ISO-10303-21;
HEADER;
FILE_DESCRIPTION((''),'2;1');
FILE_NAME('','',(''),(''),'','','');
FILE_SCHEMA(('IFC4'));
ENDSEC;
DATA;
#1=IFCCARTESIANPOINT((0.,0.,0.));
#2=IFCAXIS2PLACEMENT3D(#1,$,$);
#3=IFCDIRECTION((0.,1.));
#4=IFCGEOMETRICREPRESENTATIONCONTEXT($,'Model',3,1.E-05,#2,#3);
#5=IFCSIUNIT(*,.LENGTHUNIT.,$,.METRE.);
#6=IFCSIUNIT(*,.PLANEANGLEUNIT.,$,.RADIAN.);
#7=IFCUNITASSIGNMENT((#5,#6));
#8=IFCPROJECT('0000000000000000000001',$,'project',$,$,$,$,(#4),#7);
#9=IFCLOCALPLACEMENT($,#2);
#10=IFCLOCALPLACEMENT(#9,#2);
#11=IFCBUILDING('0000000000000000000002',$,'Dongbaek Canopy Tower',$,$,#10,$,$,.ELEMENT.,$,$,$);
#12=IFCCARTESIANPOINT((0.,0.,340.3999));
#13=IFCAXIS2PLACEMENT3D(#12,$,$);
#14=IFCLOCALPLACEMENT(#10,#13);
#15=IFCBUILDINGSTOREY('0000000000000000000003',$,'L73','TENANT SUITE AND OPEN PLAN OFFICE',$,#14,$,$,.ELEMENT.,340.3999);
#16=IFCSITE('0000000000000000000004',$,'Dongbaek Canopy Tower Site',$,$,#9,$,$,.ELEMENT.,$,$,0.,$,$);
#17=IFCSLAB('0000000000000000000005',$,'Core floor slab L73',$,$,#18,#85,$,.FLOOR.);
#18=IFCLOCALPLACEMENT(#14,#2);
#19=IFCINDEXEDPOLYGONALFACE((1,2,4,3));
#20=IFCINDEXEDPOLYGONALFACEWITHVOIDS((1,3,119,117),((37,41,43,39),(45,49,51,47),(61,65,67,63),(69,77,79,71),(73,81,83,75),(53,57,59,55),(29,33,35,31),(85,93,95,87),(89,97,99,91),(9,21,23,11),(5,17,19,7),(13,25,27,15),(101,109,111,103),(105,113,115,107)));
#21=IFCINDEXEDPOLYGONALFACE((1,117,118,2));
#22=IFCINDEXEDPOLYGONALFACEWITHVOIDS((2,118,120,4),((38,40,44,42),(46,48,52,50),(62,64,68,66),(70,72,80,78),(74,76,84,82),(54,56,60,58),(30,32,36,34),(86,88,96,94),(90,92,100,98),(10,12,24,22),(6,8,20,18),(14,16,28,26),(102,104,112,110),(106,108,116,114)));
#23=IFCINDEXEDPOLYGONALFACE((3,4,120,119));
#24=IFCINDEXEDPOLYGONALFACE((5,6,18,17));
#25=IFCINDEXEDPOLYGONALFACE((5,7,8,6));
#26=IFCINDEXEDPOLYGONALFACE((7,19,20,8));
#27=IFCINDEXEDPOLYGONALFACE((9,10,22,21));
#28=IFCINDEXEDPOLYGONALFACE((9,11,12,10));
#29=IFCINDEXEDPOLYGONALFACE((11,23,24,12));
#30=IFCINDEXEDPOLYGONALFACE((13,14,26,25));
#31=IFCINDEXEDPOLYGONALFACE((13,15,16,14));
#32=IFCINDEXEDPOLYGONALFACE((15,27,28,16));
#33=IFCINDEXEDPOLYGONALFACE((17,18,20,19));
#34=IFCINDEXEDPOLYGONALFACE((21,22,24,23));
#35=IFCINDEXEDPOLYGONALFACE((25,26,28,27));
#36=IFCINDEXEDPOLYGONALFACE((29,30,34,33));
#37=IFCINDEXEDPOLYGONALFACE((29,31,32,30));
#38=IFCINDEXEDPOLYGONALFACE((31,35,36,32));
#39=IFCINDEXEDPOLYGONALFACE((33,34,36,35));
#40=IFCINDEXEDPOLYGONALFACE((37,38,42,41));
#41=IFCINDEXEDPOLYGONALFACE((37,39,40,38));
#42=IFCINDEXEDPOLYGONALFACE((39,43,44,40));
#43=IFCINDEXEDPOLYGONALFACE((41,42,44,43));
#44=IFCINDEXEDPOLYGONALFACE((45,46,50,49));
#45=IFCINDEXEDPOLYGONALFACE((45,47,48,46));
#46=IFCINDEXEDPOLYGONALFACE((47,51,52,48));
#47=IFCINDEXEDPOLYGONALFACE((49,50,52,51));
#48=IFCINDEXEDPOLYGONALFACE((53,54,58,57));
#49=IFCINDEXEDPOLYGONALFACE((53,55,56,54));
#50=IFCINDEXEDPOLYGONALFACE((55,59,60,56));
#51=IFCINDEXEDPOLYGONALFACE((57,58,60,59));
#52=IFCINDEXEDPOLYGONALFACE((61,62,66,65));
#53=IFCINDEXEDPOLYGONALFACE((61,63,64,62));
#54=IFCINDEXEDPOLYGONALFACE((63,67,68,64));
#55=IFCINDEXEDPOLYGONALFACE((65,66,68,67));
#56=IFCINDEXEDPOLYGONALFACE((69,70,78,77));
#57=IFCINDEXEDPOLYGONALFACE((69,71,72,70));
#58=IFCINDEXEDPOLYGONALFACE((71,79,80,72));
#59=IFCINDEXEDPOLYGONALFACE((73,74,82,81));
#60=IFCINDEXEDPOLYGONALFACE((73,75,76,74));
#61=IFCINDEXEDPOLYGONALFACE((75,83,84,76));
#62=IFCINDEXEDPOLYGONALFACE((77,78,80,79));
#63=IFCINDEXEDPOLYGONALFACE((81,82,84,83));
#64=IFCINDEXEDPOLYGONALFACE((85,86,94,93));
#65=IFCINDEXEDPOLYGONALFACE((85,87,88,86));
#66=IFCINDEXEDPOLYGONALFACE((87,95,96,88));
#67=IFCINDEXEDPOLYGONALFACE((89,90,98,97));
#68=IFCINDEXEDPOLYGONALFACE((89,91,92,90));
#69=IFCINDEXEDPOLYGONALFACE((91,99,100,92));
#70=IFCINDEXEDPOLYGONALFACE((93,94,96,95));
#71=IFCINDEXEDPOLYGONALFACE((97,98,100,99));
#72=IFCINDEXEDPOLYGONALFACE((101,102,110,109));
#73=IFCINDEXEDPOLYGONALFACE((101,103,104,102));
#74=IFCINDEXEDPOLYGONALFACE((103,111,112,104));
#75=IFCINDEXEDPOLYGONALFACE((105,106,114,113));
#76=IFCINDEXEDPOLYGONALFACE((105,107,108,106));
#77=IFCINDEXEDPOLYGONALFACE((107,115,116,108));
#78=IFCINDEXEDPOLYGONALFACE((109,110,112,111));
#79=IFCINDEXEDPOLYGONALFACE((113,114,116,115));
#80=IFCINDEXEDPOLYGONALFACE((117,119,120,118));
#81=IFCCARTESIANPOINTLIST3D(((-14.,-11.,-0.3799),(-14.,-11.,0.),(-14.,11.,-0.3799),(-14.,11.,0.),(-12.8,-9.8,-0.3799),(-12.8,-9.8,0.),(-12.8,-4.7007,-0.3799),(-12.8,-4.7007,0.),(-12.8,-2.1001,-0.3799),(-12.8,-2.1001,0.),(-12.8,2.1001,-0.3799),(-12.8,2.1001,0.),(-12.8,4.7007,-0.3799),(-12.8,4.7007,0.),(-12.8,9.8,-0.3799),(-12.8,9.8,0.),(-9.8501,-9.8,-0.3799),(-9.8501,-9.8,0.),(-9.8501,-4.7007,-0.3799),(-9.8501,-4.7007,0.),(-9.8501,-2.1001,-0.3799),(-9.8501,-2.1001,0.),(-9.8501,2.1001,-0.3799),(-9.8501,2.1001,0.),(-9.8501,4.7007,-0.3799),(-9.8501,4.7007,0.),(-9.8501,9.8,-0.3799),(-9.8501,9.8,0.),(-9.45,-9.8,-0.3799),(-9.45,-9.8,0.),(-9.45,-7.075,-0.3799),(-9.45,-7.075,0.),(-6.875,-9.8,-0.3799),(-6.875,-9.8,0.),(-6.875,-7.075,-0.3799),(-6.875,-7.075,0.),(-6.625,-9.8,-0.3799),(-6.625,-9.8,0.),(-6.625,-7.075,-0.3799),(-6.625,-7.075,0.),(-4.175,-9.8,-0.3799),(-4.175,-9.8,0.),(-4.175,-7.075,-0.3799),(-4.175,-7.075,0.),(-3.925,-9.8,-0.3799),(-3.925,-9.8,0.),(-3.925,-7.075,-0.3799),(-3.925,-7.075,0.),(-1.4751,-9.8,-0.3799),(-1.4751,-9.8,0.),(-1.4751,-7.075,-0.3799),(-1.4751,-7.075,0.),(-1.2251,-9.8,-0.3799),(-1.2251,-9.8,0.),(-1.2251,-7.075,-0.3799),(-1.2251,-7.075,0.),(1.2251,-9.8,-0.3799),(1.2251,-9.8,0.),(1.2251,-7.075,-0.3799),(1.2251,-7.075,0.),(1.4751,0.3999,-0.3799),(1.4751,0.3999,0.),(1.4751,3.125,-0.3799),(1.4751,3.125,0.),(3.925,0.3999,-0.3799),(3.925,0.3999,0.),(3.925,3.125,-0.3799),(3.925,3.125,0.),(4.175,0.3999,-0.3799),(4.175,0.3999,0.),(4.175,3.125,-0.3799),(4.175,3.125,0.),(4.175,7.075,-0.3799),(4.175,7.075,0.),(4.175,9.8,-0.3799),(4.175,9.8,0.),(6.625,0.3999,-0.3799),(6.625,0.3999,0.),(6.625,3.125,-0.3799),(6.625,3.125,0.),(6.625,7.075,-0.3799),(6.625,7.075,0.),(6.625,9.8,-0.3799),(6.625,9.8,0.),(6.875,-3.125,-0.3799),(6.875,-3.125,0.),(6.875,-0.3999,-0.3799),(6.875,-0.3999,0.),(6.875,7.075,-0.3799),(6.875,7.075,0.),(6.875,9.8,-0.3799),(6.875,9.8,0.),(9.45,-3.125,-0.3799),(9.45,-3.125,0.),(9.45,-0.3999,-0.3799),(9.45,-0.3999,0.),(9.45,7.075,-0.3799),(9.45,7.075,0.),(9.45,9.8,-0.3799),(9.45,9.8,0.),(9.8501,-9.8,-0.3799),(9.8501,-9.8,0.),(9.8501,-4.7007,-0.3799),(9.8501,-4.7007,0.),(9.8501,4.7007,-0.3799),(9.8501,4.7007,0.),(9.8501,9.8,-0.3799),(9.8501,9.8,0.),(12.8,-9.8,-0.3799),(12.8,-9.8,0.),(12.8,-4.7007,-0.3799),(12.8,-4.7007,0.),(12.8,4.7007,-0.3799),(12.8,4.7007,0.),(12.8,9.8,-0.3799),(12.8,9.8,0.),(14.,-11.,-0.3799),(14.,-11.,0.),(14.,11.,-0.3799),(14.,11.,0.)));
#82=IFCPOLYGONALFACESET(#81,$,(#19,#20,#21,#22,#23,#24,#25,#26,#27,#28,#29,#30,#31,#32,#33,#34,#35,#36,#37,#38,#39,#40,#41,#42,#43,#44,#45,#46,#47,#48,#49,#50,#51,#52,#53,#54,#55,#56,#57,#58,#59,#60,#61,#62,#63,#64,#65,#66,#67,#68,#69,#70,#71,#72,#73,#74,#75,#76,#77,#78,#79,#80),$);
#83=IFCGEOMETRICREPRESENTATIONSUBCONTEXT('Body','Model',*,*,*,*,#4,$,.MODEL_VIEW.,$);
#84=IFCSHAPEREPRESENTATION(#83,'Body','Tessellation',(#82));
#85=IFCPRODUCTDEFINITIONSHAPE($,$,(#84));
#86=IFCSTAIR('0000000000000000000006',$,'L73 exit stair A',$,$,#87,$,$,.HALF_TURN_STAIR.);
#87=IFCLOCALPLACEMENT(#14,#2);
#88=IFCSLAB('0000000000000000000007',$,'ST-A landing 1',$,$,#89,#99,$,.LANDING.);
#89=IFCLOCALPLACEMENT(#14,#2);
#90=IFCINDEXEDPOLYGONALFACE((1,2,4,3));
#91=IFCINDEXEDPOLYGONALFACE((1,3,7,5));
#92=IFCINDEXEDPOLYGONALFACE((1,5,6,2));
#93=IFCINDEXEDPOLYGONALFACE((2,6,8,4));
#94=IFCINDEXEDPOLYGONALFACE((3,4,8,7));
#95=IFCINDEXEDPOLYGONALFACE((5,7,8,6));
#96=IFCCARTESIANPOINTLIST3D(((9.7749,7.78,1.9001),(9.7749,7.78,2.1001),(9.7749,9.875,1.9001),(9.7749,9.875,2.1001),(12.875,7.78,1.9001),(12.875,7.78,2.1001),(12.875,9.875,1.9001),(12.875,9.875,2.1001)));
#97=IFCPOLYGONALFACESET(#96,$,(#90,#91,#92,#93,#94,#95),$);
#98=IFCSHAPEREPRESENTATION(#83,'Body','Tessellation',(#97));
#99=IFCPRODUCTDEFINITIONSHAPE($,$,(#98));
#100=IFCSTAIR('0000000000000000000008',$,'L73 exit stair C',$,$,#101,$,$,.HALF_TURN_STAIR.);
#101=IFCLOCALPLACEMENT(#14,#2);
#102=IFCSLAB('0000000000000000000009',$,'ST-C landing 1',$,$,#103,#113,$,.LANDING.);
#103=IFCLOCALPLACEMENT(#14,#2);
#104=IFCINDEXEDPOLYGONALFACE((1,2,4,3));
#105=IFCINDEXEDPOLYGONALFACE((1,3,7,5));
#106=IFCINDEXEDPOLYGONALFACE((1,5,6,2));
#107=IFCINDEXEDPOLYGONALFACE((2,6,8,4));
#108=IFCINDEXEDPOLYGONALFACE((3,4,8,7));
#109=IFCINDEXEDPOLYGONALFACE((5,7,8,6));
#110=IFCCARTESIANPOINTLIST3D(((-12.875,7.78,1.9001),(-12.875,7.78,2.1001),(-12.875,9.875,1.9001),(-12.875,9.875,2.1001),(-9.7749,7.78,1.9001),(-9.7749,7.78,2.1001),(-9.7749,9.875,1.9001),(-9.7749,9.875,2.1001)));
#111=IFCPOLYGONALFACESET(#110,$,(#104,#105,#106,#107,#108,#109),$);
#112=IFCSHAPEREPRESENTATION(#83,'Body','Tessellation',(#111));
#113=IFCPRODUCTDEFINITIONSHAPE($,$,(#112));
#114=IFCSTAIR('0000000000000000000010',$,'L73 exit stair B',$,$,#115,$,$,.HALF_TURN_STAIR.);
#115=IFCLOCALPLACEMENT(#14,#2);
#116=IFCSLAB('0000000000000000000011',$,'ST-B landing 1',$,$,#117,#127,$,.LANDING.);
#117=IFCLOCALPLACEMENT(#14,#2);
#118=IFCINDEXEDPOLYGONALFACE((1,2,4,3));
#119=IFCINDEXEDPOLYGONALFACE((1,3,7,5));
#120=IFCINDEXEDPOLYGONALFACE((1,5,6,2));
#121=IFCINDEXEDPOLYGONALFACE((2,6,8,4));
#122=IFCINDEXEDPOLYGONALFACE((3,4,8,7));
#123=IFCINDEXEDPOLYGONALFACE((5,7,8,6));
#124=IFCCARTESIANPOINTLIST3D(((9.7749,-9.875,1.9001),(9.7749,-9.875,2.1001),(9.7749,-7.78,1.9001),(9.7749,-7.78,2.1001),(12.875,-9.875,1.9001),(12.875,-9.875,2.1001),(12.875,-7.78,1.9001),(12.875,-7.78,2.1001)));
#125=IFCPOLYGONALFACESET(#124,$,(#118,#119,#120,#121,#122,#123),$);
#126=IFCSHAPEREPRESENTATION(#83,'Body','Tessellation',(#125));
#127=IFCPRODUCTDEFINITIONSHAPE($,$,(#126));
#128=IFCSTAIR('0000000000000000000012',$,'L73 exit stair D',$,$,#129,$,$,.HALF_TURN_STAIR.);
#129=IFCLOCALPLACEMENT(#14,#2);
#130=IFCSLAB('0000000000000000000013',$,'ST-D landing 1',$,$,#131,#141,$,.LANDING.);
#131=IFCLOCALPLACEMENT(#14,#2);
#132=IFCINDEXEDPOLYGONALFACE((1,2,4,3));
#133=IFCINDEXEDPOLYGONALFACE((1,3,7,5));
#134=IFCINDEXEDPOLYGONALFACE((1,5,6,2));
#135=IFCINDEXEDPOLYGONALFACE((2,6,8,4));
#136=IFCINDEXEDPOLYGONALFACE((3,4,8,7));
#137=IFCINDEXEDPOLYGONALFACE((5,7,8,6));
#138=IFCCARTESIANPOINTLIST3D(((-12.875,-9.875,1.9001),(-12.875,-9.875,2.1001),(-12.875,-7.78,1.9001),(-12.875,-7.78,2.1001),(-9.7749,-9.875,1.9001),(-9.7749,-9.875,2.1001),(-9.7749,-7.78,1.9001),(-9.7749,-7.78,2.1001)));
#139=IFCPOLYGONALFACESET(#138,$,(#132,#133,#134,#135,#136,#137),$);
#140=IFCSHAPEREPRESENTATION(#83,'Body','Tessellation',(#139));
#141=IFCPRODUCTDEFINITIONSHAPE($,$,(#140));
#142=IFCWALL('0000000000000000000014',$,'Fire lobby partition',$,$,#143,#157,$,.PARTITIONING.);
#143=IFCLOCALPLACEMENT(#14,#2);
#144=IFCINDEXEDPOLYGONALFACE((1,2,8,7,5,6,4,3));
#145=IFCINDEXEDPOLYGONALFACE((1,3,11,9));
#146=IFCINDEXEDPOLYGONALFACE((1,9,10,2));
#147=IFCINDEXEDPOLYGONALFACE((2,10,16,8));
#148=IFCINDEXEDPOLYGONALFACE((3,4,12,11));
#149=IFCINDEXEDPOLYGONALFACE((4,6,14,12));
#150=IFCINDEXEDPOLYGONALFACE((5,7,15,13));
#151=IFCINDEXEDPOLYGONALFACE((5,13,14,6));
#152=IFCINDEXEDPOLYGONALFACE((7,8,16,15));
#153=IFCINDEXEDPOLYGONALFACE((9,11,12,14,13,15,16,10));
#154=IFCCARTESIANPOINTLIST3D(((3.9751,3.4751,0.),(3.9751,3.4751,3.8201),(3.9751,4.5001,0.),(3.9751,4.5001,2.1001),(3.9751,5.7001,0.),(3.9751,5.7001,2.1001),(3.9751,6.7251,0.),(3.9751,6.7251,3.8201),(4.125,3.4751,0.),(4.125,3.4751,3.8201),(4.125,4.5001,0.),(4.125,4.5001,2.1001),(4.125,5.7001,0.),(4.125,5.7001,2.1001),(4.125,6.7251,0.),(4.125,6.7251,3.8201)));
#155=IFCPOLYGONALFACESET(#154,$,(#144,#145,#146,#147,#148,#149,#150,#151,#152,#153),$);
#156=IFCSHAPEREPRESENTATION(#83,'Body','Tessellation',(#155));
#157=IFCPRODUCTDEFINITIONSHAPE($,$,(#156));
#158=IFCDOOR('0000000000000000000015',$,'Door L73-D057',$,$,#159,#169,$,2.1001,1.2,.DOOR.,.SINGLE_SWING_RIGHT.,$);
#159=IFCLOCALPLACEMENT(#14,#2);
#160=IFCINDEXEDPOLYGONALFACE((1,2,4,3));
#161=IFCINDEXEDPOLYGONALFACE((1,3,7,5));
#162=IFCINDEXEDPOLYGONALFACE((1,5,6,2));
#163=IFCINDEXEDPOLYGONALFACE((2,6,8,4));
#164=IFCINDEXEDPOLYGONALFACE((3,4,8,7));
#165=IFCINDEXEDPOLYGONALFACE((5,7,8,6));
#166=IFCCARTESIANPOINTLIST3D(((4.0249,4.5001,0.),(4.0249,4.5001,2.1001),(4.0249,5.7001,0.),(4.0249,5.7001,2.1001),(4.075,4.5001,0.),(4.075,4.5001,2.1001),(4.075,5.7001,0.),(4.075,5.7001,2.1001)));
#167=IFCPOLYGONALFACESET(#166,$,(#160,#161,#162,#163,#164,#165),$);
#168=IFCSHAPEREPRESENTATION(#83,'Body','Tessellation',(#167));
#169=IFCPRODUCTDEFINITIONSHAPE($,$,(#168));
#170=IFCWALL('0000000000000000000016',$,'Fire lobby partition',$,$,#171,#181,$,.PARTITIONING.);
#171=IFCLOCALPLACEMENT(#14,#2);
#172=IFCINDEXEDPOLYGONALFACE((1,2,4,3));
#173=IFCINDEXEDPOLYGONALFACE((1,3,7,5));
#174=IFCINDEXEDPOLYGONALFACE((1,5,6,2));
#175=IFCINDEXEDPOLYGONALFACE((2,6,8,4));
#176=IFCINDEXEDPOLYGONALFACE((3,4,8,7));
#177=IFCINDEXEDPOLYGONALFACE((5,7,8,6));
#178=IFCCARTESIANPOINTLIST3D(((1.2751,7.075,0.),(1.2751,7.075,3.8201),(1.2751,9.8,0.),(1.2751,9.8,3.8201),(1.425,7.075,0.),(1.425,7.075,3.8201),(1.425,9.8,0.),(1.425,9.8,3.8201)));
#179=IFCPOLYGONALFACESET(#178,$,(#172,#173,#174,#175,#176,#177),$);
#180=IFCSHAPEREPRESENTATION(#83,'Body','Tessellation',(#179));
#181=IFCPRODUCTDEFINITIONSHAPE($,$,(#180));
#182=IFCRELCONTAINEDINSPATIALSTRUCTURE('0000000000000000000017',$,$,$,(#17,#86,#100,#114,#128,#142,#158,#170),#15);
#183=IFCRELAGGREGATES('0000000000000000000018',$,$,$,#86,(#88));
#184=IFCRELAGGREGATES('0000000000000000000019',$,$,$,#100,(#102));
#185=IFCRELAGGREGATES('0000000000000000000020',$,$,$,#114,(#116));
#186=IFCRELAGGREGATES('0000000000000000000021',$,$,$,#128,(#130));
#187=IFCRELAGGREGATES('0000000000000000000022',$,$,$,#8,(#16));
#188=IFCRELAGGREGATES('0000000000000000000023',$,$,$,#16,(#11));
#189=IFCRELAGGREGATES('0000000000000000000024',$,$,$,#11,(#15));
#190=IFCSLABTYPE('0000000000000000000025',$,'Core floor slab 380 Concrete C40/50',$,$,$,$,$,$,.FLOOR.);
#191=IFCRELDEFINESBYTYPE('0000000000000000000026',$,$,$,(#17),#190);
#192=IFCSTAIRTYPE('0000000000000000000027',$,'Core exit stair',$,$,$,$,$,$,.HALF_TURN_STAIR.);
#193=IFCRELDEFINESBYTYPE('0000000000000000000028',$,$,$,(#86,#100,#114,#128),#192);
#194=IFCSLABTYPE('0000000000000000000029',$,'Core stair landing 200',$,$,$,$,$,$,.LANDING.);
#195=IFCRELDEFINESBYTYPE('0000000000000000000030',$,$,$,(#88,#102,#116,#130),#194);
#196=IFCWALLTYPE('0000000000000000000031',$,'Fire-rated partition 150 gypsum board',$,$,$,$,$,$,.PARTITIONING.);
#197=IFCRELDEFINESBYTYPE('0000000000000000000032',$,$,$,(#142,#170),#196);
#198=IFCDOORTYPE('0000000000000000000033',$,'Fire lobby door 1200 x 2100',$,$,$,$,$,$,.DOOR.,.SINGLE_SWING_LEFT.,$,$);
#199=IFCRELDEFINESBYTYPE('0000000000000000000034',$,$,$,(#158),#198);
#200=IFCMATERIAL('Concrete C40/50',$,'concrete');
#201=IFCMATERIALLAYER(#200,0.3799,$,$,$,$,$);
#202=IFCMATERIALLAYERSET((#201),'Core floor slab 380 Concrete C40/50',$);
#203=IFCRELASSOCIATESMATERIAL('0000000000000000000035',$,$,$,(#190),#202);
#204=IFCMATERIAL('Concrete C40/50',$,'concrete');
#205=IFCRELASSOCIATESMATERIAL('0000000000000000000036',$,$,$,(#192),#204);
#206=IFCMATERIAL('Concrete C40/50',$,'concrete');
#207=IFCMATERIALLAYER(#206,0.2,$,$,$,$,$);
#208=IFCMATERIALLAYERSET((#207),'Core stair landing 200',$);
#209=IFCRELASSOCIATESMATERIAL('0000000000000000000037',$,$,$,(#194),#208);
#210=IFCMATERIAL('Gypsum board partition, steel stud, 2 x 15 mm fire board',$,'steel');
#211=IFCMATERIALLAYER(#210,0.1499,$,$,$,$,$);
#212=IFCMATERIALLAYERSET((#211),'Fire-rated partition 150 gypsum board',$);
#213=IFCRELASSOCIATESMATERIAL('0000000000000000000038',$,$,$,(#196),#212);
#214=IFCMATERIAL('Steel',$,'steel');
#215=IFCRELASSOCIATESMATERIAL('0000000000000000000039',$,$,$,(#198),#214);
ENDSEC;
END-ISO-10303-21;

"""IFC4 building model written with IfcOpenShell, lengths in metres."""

from ifc_helpers import new_model, si_unit, direction, frame, frame_2d, origin, place, context, subcontext, project, spatial, polyline, rectangle, outline, extrude, material, layer, layer_set, type_object, element, fill, aggregate, save


model = new_model("IFC4")

# Units and contexts
model_context = context("Model", 3, precision=1e-05, world=origin(), true_north=direction((0.0, 1.0)))
body_context = subcontext(model_context, "Body", "Model", "MODEL_VIEW")
ifc_project = project(units=[si_unit("LENGTHUNIT", "METRE"), si_unit("PLANEANGLEUNIT", "RADIAN")], contexts=[model_context])

# Site, building, storey
site_placement = place(None, origin())
site = spatial("IfcSite", under=ifc_project, at=site_placement, Name="Dongbaek Canopy Tower Site", CompositionType="ELEMENT", RefElevation=0.0)
building_placement = place(site_placement, origin())
building = spatial("IfcBuilding", under=site, at=building_placement, Name="Dongbaek Canopy Tower", CompositionType="ELEMENT")
storey_placement = place(building_placement, frame((0.0, 0.0, 340.3999)))
storey = spatial("IfcBuildingStorey", under=building, at=storey_placement, Name="L73", Description="TENANT SUITE AND OPEN PLAN OFFICE", CompositionType="ELEMENT", Elevation=340.3999)

# Slab
ifc_material_1 = material(Name="Concrete C40/50", Category="concrete")
ifc_layer_1 = layer(ifc_material_1, 0.3799)
ifc_layer_set_1 = layer_set([ifc_layer_1], Name="Core floor slab 380 Concrete C40/50")
slab_type_1 = type_object("IfcSlabType", Name="Core floor slab 380 Concrete C40/50", PredefinedType="FLOOR", material=ifc_layer_set_1)
slab_1_placement = place(storey_placement, frame((0.0, 0.0, -0.3799)))
element("IfcSlab", 1, at=slab_1_placement, inside=storey, type_object=slab_type_1, Name="Core floor slab L73", PredefinedType="FLOOR", context=body_context, shape_type="SweptSolid", body=[
    extrude(outline(polyline([(14.0, -11.0), (14.0, 11.0), (-14.0, 11.0), (-14.0, -11.0), (14.0, -11.0)]), holes=[polyline([(-12.8, 2.1001), (-9.8501, 2.1001), (-9.8501, -2.1001), (-12.8, -2.1001), (-12.8, 2.1001)]), polyline([(6.625, 9.8), (6.625, 7.075), (4.175, 7.075), (4.175, 9.8), (6.625, 9.8)]), polyline([(9.45, 7.075), (6.875, 7.075), (6.875, 9.8), (9.45, 9.8), (9.45, 7.075)]), polyline([(1.4751, 0.3999), (1.4751, 3.125), (3.925, 3.125), (3.925, 0.3999), (1.4751, 0.3999)]), polyline([(4.175, 0.3999), (4.175, 3.125), (6.625, 3.125), (6.625, 0.3999), (4.175, 0.3999)]), polyline([(9.45, -3.125), (6.875, -3.125), (6.875, -0.3999), (9.45, -0.3999), (9.45, -3.125)]), polyline([(-9.45, -7.075), (-6.875, -7.075), (-6.875, -9.8), (-9.45, -9.8), (-9.45, -7.075)]), polyline([(-6.625, -9.8), (-6.625, -7.075), (-4.175, -7.075), (-4.175, -9.8), (-6.625, -9.8)]), polyline([(-3.925, -9.8), (-3.925, -7.075), (-1.4751, -7.075), (-1.4751, -9.8), (-3.925, -9.8)]), polyline([(-1.2251, -9.8), (-1.2251, -7.075), (1.2251, -7.075), (1.2251, -9.8), (-1.2251, -9.8)]), polyline([(12.8, 4.7007), (12.8, 9.8), (9.8501, 9.8), (9.8501, 4.7007), (12.8, 4.7007)]), polyline([(-9.8501, 4.7007), (-9.8501, 9.8), (-12.8, 9.8), (-12.8, 4.7007), (-9.8501, 4.7007)]), polyline([(9.8501, -4.7007), (9.8501, -9.8), (12.8, -9.8), (12.8, -4.7007), (9.8501, -4.7007)]), polyline([(-12.8, -4.7007), (-12.8, -9.8), (-9.8501, -9.8), (-9.8501, -4.7007), (-12.8, -4.7007)])]), origin(), (0.0, 0.0, 1.0), 0.3799),
])

# Stairs, slabs
ifc_material_2 = material(Name="Concrete C40/50", Category="concrete")
stair_type = type_object("IfcStairType", Name="Core exit stair", PredefinedType="HALF_TURN_STAIR", material=ifc_material_2)
stair_1_placement = place(storey_placement, origin())
stair_1 = element("IfcStair", 2, at=stair_1_placement, inside=storey, type_object=stair_type, Name="L73 exit stair A", PredefinedType="HALF_TURN_STAIR")
ifc_material_3 = material(Name="Concrete C40/50", Category="concrete")
ifc_layer_2 = layer(ifc_material_3, 0.2)
ifc_layer_set_2 = layer_set([ifc_layer_2], Name="Core stair landing 200")
slab_type_2 = type_object("IfcSlabType", Name="Core stair landing 200", PredefinedType="LANDING", material=ifc_layer_set_2)
slab_2_placement = place(storey_placement, frame((0.0, 0.0, 1.9001)))
slab_2 = element("IfcSlab", 3, at=slab_2_placement, type_object=slab_type_2, Name="ST-A landing 1", PredefinedType="LANDING", context=body_context, shape_type="SweptSolid", body=[
    extrude(outline(polyline([(12.875, 7.78), (12.875, 9.875), (9.7749, 9.875), (9.7749, 7.78), (12.875, 7.78)])), origin(), (0.0, 0.0, 1.0), 0.2),
])
aggregate(stair_1, [slab_2])
stair_2_placement = place(storey_placement, origin())
stair_2 = element("IfcStair", 4, at=stair_2_placement, inside=storey, type_object=stair_type, Name="L73 exit stair C", PredefinedType="HALF_TURN_STAIR")
slab_3_placement = place(storey_placement, frame((0.0, 0.0, 1.9001)))
slab_3 = element("IfcSlab", 5, at=slab_3_placement, type_object=slab_type_2, Name="ST-C landing 1", PredefinedType="LANDING", context=body_context, shape_type="SweptSolid", body=[
    extrude(outline(polyline([(-9.7749, 7.78), (-9.7749, 9.875), (-12.875, 9.875), (-12.875, 7.78), (-9.7749, 7.78)])), origin(), (0.0, 0.0, 1.0), 0.2),
])
aggregate(stair_2, [slab_3])
stair_3_placement = place(storey_placement, origin())
stair_3 = element("IfcStair", 6, at=stair_3_placement, inside=storey, type_object=stair_type, Name="L73 exit stair B", PredefinedType="HALF_TURN_STAIR")
slab_4_placement = place(storey_placement, frame((0.0, 0.0, 1.9001)))
slab_4 = element("IfcSlab", 7, at=slab_4_placement, type_object=slab_type_2, Name="ST-B landing 1", PredefinedType="LANDING", context=body_context, shape_type="SweptSolid", body=[
    extrude(outline(polyline([(9.7749, -7.78), (9.7749, -9.875), (12.875, -9.875), (12.875, -7.78), (9.7749, -7.78)])), origin(), (0.0, 0.0, 1.0), 0.2),
])
aggregate(stair_3, [slab_4])
stair_4_placement = place(storey_placement, origin())
stair_4 = element("IfcStair", 8, at=stair_4_placement, inside=storey, type_object=stair_type, Name="L73 exit stair D", PredefinedType="HALF_TURN_STAIR")
slab_5_placement = place(storey_placement, frame((0.0, 0.0, 1.9001)))
slab_5 = element("IfcSlab", 9, at=slab_5_placement, type_object=slab_type_2, Name="ST-D landing 1", PredefinedType="LANDING", context=body_context, shape_type="SweptSolid", body=[
    extrude(outline(polyline([(-12.875, -7.78), (-12.875, -9.875), (-9.7749, -9.875), (-9.7749, -7.78), (-12.875, -7.78)])), origin(), (0.0, 0.0, 1.0), 0.2),
])
aggregate(stair_4, [slab_5])

# Wall, opening, door
ifc_material_4 = material(Name="Gypsum board partition, steel stud, 2 x 15 mm fire board", Category="steel")
ifc_layer_3 = layer(ifc_material_4, 0.1499)
ifc_layer_set_3 = layer_set([ifc_layer_3], Name="Fire-rated partition 150 gypsum board")
wall_type_1 = type_object("IfcWallType", Name="Fire-rated partition 150 gypsum board", PredefinedType="PARTITIONING", material=ifc_layer_set_3)
wall_1_placement = place(storey_placement, frame((4.05, 6.7251, 0.0), z_axis=(0.0, 0.0, 1.0), x_axis=(0.0, -1.0, 0.0)))
wall_1 = element("IfcWall", 10, at=wall_1_placement, inside=storey, type_object=wall_type_1, Name="Fire lobby partition", PredefinedType="PARTITIONING", context=body_context, shape_type="SweptSolid", body=[
    extrude(rectangle(XDim=3.25, YDim=0.1499, at=frame_2d((1.625, 0.0))), origin(), (0.0, 0.0, 1.0), 3.8201),
])
opening_1_placement = place(wall_1_placement, frame((1.0249, 0.0, 0.0)))
opening_1 = element("IfcOpeningElement", 11, at=opening_1_placement, cuts=wall_1, PredefinedType="OPENING", context=body_context, shape_type="SweptSolid", body=[
    extrude(rectangle(XDim=1.2, YDim=2.1001, at=frame_2d((0.6001, 1.05))), frame((0.0, 0.085, 0.0), z_axis=(0.0, -1.0, 0.0), x_axis=(1.0, 0.0, 0.0)), (0.0, 0.0, 1.0), 0.1699),
])
ifc_material_5 = material(Name="Steel", Category="steel")
door_type = type_object("IfcDoorType", Name="Fire lobby door 1200 x 2100", OperationType="SINGLE_SWING_LEFT", PredefinedType="DOOR", material=ifc_material_5)
door_1_placement = place(opening_1_placement, origin())
door_1 = element("IfcDoor", 12, at=door_1_placement, inside=storey, type_object=door_type, Name="Door L73-D057", OperationType="SINGLE_SWING_RIGHT", OverallHeight=2.1001, OverallWidth=1.2, PredefinedType="DOOR", context=body_context, shape_type="SweptSolid", body=[
    extrude(rectangle(XDim=1.2, YDim=2.1001, at=frame_2d((0.6001, 1.05))), frame((0.0, 0.0249, 0.0), z_axis=(0.0, -1.0, 0.0), x_axis=(1.0, 0.0, 0.0)), (0.0, 0.0, 1.0), 0.05),
])
fill(opening_1, door_1)

# Wall
wall_2_placement = place(storey_placement, frame((1.3501, 7.075, 0.0), z_axis=(0.0, 0.0, 1.0), x_axis=(0.0, 1.0, 0.0)))
element("IfcWall", 13, at=wall_2_placement, inside=storey, type_object=wall_type_1, Name="Fire lobby partition", PredefinedType="PARTITIONING", context=body_context, shape_type="SweptSolid", body=[
    extrude(rectangle(XDim=2.7251, YDim=0.1499, at=frame_2d((1.3625, 0.0))), origin(), (0.0, 0.0, 1.0), 3.8201),
])

save(model, "model.ifc")
